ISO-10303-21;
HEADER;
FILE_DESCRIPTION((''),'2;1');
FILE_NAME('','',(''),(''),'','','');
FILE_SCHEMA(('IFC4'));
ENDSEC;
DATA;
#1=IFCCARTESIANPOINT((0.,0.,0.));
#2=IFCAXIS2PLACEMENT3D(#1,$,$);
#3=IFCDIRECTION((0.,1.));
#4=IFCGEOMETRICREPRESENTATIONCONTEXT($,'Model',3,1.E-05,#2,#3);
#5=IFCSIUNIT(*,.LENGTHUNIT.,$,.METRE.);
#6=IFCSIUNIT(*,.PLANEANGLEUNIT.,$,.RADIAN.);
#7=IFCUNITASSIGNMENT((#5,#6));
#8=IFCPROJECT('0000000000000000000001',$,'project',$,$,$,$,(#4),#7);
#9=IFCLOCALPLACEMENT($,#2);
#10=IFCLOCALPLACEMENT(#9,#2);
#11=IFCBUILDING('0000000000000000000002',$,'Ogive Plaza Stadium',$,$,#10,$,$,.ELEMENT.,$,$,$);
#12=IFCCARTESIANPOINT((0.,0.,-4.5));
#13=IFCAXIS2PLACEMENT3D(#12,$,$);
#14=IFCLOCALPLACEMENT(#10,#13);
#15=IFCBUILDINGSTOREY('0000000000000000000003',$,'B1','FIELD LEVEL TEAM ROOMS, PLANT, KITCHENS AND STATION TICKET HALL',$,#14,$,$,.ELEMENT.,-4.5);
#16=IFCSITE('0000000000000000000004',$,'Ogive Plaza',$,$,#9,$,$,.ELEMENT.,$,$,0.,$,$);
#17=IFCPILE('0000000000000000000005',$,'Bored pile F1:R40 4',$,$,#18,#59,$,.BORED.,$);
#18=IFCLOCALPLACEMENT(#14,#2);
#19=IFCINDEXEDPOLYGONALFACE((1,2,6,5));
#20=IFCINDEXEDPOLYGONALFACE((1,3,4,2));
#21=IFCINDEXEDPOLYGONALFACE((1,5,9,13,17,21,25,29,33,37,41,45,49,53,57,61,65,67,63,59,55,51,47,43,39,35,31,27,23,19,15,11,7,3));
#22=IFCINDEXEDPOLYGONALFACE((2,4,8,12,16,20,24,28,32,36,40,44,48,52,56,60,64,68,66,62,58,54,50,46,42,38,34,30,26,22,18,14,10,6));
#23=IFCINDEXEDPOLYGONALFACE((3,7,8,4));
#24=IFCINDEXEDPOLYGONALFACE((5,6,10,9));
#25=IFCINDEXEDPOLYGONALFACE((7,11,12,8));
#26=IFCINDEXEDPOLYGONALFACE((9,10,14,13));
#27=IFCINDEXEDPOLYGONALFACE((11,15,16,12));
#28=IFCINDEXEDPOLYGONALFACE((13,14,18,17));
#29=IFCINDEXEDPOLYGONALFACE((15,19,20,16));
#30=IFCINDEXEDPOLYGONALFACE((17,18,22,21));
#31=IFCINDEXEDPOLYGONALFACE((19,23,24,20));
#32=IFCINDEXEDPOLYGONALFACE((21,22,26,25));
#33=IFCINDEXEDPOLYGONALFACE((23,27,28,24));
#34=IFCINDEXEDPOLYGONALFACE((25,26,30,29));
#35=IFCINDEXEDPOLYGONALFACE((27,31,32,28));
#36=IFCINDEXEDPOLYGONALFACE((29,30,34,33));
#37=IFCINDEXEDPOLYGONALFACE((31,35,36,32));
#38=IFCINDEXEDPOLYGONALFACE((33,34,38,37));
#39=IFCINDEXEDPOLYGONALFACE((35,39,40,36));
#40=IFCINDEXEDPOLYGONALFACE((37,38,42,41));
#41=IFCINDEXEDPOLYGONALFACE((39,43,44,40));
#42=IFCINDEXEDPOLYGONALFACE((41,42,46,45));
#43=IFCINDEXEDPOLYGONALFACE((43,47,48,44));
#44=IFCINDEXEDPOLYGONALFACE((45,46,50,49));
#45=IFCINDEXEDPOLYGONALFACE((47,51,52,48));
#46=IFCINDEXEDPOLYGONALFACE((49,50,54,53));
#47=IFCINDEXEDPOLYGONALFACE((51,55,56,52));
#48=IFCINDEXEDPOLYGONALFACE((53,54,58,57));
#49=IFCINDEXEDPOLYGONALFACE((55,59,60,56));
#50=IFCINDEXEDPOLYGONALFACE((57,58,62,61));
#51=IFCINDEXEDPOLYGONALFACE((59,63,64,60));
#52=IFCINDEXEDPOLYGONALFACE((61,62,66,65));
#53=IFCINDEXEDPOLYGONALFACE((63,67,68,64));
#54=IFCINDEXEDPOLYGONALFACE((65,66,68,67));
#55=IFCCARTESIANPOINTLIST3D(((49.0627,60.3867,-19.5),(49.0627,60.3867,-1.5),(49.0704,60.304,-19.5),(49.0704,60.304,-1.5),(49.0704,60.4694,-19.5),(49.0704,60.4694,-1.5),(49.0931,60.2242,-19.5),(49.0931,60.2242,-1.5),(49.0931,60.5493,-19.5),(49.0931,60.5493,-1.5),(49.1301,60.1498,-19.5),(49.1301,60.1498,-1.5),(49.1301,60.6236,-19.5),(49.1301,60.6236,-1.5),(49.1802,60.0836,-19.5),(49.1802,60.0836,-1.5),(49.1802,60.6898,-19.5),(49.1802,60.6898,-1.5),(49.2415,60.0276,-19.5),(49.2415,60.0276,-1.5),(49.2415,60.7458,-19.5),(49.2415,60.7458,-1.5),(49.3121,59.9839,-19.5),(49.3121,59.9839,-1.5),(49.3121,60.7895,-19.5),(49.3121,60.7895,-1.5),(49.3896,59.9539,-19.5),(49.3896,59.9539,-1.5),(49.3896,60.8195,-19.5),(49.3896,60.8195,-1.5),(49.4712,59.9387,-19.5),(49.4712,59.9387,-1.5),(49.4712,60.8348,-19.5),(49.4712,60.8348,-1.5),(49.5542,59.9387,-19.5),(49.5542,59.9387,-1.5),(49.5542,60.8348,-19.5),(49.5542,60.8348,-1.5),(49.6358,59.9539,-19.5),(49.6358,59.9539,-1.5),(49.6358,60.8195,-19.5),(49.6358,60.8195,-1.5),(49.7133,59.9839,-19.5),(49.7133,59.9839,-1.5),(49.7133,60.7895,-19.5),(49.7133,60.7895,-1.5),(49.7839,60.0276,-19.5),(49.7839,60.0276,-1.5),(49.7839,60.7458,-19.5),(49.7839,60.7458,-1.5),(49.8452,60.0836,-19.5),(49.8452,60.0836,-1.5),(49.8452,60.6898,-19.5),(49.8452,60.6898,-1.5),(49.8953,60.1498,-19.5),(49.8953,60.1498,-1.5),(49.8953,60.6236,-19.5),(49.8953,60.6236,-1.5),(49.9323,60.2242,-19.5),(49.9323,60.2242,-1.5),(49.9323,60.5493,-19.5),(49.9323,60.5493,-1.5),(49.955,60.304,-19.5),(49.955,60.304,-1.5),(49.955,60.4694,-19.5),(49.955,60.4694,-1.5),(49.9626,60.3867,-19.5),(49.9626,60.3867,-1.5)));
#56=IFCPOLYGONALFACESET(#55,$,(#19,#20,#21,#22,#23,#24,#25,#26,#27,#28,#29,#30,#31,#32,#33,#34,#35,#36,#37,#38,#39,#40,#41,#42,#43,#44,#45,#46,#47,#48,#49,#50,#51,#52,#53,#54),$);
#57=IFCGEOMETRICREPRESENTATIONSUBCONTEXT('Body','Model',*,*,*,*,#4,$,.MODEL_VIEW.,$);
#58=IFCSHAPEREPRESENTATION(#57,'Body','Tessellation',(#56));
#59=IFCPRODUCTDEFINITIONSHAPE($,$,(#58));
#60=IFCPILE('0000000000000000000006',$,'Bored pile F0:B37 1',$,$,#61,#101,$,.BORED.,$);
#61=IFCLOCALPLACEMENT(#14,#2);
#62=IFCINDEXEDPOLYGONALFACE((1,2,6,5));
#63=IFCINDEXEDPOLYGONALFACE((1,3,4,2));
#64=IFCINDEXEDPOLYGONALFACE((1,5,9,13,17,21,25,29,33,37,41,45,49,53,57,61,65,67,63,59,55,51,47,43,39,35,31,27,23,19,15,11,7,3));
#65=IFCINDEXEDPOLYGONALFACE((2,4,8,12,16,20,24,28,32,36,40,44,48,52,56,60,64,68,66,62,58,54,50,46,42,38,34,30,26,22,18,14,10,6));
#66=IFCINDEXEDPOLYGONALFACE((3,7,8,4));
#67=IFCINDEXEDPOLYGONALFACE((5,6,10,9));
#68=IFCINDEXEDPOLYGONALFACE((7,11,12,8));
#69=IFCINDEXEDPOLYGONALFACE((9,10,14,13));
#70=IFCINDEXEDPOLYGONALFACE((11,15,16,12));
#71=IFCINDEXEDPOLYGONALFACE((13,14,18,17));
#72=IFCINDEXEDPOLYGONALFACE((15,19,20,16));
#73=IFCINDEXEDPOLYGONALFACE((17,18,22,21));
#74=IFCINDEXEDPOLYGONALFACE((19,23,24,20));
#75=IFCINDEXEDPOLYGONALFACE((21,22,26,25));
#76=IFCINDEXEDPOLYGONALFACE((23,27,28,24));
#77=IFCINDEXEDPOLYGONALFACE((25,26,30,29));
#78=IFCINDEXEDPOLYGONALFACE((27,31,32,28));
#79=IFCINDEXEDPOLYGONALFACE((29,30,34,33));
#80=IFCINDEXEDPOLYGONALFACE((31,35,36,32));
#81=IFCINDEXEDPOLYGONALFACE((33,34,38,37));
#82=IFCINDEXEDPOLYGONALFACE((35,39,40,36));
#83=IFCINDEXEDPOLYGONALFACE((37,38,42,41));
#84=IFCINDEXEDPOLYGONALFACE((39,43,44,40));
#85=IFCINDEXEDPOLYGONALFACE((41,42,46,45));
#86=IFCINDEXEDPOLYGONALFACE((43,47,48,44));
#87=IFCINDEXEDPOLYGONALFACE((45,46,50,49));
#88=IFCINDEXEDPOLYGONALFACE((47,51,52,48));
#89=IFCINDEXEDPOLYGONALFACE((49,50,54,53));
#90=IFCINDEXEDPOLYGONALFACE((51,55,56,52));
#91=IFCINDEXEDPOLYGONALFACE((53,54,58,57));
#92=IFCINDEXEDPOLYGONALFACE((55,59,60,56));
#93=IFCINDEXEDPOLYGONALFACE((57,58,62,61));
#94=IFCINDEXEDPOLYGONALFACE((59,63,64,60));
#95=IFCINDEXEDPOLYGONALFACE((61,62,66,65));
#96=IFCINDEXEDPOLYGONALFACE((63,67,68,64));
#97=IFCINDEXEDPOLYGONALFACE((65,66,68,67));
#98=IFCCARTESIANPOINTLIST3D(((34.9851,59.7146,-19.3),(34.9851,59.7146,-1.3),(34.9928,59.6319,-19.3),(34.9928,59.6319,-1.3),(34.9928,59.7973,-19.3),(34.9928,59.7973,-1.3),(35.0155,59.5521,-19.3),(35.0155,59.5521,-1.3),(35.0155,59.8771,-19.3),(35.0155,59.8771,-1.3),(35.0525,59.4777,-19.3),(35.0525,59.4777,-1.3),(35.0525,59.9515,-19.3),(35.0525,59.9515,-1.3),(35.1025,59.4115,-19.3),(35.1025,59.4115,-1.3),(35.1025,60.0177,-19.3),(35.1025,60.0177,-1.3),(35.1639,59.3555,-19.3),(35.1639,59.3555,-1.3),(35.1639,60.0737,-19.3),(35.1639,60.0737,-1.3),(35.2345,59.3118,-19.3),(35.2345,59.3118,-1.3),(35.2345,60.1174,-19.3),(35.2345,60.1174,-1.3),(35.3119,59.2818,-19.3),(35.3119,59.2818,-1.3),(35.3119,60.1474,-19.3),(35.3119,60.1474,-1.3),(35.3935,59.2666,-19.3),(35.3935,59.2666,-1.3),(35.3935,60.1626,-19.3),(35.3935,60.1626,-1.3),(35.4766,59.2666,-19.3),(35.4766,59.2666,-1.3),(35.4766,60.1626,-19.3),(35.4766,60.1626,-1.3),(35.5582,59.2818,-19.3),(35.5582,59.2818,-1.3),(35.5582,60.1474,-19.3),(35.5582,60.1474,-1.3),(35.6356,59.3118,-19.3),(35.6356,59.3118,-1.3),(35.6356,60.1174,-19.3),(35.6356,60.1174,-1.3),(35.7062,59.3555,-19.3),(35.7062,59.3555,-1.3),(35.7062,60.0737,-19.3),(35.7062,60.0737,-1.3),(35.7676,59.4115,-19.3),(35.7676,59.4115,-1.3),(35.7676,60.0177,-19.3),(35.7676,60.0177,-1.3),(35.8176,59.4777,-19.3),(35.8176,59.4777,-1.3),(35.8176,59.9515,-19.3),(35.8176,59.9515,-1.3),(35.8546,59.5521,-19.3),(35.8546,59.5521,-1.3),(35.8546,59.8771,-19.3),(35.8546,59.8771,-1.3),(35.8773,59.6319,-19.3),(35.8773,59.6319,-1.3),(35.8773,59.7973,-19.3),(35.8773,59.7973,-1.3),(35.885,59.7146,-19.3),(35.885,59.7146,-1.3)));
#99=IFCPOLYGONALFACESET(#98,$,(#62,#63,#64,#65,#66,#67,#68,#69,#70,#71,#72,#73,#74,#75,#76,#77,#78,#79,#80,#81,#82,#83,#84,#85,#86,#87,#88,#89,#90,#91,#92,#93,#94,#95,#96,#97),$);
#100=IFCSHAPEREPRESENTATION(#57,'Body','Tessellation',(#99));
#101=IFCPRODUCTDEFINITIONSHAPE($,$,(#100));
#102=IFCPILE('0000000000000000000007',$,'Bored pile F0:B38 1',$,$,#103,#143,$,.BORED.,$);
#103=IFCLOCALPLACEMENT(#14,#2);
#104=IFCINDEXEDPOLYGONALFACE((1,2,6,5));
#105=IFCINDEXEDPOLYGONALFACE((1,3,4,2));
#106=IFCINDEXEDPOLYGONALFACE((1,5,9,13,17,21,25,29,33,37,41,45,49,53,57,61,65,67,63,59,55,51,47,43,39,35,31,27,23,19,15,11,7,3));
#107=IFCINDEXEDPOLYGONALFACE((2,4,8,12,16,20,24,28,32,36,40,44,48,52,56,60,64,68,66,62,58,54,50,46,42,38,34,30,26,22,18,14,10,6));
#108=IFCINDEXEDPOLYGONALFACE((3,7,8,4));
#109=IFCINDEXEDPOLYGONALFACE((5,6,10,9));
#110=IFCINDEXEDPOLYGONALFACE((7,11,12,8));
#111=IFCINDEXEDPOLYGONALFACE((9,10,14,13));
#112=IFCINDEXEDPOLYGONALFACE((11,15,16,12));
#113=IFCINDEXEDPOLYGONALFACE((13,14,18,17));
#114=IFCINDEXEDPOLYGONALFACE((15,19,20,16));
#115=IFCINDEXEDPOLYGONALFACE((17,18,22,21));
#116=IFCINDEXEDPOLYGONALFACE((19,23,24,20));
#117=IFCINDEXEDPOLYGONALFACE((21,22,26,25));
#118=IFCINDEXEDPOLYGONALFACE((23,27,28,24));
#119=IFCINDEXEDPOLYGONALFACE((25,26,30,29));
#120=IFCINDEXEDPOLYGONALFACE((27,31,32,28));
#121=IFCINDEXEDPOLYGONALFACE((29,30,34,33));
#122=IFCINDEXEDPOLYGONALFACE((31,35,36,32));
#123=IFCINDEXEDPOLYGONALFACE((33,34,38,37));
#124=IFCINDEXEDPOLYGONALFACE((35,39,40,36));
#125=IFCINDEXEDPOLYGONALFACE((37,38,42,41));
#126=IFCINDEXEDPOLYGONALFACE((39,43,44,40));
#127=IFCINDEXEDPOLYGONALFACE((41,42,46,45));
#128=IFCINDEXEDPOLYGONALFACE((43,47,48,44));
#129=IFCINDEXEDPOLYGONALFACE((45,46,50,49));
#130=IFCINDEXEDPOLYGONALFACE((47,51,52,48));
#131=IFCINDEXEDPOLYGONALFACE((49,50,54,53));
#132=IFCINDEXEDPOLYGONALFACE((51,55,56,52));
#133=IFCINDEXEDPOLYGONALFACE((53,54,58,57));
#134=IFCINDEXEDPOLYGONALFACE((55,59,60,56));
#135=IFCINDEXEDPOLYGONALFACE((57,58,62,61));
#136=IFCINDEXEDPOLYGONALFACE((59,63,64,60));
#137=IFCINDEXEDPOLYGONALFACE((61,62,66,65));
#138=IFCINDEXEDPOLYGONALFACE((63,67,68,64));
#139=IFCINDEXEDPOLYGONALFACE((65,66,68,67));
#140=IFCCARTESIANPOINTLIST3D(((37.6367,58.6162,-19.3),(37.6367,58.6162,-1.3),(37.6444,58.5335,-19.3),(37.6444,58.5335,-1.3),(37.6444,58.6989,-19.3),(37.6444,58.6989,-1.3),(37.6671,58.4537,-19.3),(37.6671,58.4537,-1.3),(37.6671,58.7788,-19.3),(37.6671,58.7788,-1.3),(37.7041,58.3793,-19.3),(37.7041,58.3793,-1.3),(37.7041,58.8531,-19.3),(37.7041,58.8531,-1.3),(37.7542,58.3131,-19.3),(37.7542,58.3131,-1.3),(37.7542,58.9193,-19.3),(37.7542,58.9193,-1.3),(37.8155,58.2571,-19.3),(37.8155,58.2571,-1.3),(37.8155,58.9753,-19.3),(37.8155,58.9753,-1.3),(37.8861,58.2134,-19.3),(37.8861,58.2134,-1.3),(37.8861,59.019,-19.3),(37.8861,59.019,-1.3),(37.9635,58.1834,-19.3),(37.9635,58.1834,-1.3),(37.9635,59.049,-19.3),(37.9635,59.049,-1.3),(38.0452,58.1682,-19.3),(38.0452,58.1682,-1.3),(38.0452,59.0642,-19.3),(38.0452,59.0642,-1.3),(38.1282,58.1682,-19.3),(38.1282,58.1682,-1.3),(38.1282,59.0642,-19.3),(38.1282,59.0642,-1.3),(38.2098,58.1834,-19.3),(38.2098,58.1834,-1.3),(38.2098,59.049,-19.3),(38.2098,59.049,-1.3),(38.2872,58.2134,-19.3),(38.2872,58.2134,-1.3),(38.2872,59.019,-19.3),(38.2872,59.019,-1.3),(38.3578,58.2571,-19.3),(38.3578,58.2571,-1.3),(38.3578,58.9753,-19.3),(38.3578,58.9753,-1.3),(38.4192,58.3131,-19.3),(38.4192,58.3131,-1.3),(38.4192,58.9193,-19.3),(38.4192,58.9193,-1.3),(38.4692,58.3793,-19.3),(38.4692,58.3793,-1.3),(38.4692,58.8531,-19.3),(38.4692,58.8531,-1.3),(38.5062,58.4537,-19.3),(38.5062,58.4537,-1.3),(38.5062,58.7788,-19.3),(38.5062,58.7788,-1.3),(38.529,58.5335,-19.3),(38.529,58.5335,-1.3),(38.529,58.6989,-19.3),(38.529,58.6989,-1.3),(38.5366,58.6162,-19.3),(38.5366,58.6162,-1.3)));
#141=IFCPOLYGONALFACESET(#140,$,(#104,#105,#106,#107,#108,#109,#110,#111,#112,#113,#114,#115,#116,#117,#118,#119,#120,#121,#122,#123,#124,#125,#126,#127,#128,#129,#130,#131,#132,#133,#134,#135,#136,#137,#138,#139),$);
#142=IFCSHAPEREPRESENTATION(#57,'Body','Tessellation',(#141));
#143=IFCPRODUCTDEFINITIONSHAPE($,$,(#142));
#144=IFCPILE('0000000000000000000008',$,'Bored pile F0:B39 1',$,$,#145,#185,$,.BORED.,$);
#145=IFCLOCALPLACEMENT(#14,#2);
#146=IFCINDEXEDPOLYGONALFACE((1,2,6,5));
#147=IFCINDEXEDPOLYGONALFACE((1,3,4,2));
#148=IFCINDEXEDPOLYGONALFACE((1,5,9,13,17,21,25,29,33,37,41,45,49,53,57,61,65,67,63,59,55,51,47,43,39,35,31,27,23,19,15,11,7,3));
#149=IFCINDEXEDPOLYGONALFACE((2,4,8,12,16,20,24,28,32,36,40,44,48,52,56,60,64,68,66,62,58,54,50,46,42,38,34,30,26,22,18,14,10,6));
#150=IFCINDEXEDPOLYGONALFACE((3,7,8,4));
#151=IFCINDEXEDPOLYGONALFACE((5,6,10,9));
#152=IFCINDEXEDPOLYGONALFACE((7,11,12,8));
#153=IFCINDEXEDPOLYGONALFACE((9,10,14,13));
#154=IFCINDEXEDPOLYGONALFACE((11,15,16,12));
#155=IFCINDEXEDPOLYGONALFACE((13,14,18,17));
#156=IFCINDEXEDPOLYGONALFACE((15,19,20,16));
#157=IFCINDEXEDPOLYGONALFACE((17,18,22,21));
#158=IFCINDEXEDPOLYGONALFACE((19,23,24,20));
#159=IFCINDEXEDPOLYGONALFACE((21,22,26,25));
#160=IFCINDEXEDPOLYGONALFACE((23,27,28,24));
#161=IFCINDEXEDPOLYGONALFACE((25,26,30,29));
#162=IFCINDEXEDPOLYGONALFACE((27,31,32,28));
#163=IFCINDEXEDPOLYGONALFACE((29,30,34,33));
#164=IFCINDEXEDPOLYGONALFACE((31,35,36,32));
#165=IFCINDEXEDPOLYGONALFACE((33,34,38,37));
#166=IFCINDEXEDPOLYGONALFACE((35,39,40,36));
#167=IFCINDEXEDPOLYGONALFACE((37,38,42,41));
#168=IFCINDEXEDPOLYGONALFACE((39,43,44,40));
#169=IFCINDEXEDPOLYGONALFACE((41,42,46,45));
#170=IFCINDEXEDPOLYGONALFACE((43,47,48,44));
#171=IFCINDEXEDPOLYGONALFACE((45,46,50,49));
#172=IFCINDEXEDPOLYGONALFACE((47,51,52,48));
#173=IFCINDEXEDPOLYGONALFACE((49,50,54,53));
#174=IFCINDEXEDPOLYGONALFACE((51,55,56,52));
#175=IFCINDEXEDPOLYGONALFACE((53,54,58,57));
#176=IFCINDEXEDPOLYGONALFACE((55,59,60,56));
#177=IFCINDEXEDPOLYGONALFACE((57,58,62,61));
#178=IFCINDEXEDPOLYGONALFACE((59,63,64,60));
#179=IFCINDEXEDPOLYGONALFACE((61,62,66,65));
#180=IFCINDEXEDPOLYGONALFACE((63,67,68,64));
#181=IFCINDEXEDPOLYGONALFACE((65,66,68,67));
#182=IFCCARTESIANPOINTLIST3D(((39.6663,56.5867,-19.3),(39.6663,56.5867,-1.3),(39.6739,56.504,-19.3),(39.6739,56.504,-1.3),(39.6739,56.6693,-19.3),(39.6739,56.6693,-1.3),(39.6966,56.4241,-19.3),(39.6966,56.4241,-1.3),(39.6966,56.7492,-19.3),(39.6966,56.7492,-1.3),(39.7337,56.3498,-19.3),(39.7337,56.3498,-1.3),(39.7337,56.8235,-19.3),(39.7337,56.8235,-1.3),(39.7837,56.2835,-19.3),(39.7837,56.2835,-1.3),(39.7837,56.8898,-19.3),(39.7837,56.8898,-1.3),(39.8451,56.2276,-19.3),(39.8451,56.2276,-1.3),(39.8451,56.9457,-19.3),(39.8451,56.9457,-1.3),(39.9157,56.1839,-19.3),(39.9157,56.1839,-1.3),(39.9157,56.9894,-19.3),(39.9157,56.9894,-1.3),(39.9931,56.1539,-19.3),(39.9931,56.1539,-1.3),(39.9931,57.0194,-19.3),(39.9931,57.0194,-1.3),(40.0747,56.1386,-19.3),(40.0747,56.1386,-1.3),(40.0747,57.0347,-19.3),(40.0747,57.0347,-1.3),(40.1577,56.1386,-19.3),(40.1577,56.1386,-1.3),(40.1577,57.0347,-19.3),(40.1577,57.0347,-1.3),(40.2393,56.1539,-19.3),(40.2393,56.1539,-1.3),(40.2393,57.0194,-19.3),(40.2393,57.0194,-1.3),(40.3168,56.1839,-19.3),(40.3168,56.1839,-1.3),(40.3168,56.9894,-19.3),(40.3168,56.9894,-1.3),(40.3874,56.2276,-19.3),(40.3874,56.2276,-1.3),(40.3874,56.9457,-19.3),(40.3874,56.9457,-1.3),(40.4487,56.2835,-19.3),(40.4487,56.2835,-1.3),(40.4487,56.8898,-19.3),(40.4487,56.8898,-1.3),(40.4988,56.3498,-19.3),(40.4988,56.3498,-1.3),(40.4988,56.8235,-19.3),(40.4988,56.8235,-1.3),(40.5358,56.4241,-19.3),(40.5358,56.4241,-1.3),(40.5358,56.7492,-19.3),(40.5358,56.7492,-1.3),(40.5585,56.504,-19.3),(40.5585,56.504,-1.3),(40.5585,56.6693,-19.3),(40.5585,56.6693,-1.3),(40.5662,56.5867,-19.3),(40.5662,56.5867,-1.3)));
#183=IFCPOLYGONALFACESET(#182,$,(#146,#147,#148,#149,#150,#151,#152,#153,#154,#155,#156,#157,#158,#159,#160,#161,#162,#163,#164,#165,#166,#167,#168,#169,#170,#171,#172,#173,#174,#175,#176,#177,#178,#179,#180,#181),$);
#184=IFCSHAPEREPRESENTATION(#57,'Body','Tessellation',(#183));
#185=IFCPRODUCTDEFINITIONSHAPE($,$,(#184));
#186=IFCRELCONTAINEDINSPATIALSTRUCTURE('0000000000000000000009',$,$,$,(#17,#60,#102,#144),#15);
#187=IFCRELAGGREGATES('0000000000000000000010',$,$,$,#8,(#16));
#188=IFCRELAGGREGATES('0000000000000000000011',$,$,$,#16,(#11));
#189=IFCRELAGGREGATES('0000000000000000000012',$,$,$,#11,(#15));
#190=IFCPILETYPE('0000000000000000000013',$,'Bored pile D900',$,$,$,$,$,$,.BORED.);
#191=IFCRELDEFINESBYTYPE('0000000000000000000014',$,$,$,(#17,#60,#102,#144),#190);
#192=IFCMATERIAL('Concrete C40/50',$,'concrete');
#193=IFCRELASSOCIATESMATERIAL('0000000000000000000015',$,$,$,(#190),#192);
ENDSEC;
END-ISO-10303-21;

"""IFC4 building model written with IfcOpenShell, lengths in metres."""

from ifc_helpers import new_model, si_unit, direction, frame, origin, origin_2d, place, context, subcontext, project, spatial, circle, extrude, material, material_profile, profile_set, type_object, element, save


model = new_model("IFC4")

# Units and contexts
model_context = context("Model", 3, precision=1e-05, world=origin(), true_north=direction((0.0, 1.0)))
body_context = subcontext(model_context, "Body", "Model", "MODEL_VIEW")
ifc_project = project(units=[si_unit("LENGTHUNIT", "METRE"), si_unit("PLANEANGLEUNIT", "RADIAN")], contexts=[model_context])

# Site, building, storey
site_placement = place(None, origin())
site = spatial("IfcSite", under=ifc_project, at=site_placement, Name="Ogive Plaza", CompositionType="ELEMENT", RefElevation=0.0)
building_placement = place(site_placement, origin())
building = spatial("IfcBuilding", under=site, at=building_placement, Name="Ogive Plaza Stadium", CompositionType="ELEMENT")
storey_placement = place(building_placement, frame((0.0, 0.0, -4.5)))
storey = spatial("IfcBuildingStorey", under=building, at=storey_placement, Name="B1", Description="FIELD LEVEL TEAM ROOMS, PLANT, KITCHENS AND STATION TICKET HALL", CompositionType="ELEMENT", Elevation=-4.5)

# Piles
ifc_material_1 = material(Name="Concrete C40/50", Category="concrete")
ifc_material_profile_1 = material_profile(ifc_material_1, circle(Radius=0.45, at=origin_2d()), Name="RC D900")
ifc_profile_set_1 = profile_set([ifc_material_profile_1], Name="Concrete C40/50")
pile_type = type_object("IfcPileType", Name="Bored pile D900", PredefinedType="BORED", material=ifc_profile_set_1)
for number, where, z_axis, x_axis, name in (
    (1, (49.5127, 60.3867, -1.5), (0.0, 0.0, -1.0), (1.0, 0.0, 0.0), "Bored pile F1:R40 4"),
    (2, (35.4351, 59.7146, -1.3), (0.0, 0.0, -1.0), (1.0, 0.0, 0.0), "Bored pile F0:B37 1"),
    (3, (38.0867, 58.6162, -1.3), (0.0, 0.0, -1.0), (1.0, 0.0, 0.0), "Bored pile F0:B38 1"),
    (4, (40.1162, 56.5867, -1.3), (0.0, 0.0, -1.0), (1.0, 0.0, 0.0), "Bored pile F0:B39 1"),
):
    element("IfcPile", number, at=place(storey_placement, frame(where, z_axis=z_axis, x_axis=x_axis)), inside=storey, type_object=pile_type, Name=name, PredefinedType="BORED", context=body_context, shape_type="SweptSolid", body=[
        extrude(circle(Radius=0.45, at=origin_2d()), origin(), (0.0, 0.0, 1.0), 18.0),
    ])

save(model, "model.ifc")
